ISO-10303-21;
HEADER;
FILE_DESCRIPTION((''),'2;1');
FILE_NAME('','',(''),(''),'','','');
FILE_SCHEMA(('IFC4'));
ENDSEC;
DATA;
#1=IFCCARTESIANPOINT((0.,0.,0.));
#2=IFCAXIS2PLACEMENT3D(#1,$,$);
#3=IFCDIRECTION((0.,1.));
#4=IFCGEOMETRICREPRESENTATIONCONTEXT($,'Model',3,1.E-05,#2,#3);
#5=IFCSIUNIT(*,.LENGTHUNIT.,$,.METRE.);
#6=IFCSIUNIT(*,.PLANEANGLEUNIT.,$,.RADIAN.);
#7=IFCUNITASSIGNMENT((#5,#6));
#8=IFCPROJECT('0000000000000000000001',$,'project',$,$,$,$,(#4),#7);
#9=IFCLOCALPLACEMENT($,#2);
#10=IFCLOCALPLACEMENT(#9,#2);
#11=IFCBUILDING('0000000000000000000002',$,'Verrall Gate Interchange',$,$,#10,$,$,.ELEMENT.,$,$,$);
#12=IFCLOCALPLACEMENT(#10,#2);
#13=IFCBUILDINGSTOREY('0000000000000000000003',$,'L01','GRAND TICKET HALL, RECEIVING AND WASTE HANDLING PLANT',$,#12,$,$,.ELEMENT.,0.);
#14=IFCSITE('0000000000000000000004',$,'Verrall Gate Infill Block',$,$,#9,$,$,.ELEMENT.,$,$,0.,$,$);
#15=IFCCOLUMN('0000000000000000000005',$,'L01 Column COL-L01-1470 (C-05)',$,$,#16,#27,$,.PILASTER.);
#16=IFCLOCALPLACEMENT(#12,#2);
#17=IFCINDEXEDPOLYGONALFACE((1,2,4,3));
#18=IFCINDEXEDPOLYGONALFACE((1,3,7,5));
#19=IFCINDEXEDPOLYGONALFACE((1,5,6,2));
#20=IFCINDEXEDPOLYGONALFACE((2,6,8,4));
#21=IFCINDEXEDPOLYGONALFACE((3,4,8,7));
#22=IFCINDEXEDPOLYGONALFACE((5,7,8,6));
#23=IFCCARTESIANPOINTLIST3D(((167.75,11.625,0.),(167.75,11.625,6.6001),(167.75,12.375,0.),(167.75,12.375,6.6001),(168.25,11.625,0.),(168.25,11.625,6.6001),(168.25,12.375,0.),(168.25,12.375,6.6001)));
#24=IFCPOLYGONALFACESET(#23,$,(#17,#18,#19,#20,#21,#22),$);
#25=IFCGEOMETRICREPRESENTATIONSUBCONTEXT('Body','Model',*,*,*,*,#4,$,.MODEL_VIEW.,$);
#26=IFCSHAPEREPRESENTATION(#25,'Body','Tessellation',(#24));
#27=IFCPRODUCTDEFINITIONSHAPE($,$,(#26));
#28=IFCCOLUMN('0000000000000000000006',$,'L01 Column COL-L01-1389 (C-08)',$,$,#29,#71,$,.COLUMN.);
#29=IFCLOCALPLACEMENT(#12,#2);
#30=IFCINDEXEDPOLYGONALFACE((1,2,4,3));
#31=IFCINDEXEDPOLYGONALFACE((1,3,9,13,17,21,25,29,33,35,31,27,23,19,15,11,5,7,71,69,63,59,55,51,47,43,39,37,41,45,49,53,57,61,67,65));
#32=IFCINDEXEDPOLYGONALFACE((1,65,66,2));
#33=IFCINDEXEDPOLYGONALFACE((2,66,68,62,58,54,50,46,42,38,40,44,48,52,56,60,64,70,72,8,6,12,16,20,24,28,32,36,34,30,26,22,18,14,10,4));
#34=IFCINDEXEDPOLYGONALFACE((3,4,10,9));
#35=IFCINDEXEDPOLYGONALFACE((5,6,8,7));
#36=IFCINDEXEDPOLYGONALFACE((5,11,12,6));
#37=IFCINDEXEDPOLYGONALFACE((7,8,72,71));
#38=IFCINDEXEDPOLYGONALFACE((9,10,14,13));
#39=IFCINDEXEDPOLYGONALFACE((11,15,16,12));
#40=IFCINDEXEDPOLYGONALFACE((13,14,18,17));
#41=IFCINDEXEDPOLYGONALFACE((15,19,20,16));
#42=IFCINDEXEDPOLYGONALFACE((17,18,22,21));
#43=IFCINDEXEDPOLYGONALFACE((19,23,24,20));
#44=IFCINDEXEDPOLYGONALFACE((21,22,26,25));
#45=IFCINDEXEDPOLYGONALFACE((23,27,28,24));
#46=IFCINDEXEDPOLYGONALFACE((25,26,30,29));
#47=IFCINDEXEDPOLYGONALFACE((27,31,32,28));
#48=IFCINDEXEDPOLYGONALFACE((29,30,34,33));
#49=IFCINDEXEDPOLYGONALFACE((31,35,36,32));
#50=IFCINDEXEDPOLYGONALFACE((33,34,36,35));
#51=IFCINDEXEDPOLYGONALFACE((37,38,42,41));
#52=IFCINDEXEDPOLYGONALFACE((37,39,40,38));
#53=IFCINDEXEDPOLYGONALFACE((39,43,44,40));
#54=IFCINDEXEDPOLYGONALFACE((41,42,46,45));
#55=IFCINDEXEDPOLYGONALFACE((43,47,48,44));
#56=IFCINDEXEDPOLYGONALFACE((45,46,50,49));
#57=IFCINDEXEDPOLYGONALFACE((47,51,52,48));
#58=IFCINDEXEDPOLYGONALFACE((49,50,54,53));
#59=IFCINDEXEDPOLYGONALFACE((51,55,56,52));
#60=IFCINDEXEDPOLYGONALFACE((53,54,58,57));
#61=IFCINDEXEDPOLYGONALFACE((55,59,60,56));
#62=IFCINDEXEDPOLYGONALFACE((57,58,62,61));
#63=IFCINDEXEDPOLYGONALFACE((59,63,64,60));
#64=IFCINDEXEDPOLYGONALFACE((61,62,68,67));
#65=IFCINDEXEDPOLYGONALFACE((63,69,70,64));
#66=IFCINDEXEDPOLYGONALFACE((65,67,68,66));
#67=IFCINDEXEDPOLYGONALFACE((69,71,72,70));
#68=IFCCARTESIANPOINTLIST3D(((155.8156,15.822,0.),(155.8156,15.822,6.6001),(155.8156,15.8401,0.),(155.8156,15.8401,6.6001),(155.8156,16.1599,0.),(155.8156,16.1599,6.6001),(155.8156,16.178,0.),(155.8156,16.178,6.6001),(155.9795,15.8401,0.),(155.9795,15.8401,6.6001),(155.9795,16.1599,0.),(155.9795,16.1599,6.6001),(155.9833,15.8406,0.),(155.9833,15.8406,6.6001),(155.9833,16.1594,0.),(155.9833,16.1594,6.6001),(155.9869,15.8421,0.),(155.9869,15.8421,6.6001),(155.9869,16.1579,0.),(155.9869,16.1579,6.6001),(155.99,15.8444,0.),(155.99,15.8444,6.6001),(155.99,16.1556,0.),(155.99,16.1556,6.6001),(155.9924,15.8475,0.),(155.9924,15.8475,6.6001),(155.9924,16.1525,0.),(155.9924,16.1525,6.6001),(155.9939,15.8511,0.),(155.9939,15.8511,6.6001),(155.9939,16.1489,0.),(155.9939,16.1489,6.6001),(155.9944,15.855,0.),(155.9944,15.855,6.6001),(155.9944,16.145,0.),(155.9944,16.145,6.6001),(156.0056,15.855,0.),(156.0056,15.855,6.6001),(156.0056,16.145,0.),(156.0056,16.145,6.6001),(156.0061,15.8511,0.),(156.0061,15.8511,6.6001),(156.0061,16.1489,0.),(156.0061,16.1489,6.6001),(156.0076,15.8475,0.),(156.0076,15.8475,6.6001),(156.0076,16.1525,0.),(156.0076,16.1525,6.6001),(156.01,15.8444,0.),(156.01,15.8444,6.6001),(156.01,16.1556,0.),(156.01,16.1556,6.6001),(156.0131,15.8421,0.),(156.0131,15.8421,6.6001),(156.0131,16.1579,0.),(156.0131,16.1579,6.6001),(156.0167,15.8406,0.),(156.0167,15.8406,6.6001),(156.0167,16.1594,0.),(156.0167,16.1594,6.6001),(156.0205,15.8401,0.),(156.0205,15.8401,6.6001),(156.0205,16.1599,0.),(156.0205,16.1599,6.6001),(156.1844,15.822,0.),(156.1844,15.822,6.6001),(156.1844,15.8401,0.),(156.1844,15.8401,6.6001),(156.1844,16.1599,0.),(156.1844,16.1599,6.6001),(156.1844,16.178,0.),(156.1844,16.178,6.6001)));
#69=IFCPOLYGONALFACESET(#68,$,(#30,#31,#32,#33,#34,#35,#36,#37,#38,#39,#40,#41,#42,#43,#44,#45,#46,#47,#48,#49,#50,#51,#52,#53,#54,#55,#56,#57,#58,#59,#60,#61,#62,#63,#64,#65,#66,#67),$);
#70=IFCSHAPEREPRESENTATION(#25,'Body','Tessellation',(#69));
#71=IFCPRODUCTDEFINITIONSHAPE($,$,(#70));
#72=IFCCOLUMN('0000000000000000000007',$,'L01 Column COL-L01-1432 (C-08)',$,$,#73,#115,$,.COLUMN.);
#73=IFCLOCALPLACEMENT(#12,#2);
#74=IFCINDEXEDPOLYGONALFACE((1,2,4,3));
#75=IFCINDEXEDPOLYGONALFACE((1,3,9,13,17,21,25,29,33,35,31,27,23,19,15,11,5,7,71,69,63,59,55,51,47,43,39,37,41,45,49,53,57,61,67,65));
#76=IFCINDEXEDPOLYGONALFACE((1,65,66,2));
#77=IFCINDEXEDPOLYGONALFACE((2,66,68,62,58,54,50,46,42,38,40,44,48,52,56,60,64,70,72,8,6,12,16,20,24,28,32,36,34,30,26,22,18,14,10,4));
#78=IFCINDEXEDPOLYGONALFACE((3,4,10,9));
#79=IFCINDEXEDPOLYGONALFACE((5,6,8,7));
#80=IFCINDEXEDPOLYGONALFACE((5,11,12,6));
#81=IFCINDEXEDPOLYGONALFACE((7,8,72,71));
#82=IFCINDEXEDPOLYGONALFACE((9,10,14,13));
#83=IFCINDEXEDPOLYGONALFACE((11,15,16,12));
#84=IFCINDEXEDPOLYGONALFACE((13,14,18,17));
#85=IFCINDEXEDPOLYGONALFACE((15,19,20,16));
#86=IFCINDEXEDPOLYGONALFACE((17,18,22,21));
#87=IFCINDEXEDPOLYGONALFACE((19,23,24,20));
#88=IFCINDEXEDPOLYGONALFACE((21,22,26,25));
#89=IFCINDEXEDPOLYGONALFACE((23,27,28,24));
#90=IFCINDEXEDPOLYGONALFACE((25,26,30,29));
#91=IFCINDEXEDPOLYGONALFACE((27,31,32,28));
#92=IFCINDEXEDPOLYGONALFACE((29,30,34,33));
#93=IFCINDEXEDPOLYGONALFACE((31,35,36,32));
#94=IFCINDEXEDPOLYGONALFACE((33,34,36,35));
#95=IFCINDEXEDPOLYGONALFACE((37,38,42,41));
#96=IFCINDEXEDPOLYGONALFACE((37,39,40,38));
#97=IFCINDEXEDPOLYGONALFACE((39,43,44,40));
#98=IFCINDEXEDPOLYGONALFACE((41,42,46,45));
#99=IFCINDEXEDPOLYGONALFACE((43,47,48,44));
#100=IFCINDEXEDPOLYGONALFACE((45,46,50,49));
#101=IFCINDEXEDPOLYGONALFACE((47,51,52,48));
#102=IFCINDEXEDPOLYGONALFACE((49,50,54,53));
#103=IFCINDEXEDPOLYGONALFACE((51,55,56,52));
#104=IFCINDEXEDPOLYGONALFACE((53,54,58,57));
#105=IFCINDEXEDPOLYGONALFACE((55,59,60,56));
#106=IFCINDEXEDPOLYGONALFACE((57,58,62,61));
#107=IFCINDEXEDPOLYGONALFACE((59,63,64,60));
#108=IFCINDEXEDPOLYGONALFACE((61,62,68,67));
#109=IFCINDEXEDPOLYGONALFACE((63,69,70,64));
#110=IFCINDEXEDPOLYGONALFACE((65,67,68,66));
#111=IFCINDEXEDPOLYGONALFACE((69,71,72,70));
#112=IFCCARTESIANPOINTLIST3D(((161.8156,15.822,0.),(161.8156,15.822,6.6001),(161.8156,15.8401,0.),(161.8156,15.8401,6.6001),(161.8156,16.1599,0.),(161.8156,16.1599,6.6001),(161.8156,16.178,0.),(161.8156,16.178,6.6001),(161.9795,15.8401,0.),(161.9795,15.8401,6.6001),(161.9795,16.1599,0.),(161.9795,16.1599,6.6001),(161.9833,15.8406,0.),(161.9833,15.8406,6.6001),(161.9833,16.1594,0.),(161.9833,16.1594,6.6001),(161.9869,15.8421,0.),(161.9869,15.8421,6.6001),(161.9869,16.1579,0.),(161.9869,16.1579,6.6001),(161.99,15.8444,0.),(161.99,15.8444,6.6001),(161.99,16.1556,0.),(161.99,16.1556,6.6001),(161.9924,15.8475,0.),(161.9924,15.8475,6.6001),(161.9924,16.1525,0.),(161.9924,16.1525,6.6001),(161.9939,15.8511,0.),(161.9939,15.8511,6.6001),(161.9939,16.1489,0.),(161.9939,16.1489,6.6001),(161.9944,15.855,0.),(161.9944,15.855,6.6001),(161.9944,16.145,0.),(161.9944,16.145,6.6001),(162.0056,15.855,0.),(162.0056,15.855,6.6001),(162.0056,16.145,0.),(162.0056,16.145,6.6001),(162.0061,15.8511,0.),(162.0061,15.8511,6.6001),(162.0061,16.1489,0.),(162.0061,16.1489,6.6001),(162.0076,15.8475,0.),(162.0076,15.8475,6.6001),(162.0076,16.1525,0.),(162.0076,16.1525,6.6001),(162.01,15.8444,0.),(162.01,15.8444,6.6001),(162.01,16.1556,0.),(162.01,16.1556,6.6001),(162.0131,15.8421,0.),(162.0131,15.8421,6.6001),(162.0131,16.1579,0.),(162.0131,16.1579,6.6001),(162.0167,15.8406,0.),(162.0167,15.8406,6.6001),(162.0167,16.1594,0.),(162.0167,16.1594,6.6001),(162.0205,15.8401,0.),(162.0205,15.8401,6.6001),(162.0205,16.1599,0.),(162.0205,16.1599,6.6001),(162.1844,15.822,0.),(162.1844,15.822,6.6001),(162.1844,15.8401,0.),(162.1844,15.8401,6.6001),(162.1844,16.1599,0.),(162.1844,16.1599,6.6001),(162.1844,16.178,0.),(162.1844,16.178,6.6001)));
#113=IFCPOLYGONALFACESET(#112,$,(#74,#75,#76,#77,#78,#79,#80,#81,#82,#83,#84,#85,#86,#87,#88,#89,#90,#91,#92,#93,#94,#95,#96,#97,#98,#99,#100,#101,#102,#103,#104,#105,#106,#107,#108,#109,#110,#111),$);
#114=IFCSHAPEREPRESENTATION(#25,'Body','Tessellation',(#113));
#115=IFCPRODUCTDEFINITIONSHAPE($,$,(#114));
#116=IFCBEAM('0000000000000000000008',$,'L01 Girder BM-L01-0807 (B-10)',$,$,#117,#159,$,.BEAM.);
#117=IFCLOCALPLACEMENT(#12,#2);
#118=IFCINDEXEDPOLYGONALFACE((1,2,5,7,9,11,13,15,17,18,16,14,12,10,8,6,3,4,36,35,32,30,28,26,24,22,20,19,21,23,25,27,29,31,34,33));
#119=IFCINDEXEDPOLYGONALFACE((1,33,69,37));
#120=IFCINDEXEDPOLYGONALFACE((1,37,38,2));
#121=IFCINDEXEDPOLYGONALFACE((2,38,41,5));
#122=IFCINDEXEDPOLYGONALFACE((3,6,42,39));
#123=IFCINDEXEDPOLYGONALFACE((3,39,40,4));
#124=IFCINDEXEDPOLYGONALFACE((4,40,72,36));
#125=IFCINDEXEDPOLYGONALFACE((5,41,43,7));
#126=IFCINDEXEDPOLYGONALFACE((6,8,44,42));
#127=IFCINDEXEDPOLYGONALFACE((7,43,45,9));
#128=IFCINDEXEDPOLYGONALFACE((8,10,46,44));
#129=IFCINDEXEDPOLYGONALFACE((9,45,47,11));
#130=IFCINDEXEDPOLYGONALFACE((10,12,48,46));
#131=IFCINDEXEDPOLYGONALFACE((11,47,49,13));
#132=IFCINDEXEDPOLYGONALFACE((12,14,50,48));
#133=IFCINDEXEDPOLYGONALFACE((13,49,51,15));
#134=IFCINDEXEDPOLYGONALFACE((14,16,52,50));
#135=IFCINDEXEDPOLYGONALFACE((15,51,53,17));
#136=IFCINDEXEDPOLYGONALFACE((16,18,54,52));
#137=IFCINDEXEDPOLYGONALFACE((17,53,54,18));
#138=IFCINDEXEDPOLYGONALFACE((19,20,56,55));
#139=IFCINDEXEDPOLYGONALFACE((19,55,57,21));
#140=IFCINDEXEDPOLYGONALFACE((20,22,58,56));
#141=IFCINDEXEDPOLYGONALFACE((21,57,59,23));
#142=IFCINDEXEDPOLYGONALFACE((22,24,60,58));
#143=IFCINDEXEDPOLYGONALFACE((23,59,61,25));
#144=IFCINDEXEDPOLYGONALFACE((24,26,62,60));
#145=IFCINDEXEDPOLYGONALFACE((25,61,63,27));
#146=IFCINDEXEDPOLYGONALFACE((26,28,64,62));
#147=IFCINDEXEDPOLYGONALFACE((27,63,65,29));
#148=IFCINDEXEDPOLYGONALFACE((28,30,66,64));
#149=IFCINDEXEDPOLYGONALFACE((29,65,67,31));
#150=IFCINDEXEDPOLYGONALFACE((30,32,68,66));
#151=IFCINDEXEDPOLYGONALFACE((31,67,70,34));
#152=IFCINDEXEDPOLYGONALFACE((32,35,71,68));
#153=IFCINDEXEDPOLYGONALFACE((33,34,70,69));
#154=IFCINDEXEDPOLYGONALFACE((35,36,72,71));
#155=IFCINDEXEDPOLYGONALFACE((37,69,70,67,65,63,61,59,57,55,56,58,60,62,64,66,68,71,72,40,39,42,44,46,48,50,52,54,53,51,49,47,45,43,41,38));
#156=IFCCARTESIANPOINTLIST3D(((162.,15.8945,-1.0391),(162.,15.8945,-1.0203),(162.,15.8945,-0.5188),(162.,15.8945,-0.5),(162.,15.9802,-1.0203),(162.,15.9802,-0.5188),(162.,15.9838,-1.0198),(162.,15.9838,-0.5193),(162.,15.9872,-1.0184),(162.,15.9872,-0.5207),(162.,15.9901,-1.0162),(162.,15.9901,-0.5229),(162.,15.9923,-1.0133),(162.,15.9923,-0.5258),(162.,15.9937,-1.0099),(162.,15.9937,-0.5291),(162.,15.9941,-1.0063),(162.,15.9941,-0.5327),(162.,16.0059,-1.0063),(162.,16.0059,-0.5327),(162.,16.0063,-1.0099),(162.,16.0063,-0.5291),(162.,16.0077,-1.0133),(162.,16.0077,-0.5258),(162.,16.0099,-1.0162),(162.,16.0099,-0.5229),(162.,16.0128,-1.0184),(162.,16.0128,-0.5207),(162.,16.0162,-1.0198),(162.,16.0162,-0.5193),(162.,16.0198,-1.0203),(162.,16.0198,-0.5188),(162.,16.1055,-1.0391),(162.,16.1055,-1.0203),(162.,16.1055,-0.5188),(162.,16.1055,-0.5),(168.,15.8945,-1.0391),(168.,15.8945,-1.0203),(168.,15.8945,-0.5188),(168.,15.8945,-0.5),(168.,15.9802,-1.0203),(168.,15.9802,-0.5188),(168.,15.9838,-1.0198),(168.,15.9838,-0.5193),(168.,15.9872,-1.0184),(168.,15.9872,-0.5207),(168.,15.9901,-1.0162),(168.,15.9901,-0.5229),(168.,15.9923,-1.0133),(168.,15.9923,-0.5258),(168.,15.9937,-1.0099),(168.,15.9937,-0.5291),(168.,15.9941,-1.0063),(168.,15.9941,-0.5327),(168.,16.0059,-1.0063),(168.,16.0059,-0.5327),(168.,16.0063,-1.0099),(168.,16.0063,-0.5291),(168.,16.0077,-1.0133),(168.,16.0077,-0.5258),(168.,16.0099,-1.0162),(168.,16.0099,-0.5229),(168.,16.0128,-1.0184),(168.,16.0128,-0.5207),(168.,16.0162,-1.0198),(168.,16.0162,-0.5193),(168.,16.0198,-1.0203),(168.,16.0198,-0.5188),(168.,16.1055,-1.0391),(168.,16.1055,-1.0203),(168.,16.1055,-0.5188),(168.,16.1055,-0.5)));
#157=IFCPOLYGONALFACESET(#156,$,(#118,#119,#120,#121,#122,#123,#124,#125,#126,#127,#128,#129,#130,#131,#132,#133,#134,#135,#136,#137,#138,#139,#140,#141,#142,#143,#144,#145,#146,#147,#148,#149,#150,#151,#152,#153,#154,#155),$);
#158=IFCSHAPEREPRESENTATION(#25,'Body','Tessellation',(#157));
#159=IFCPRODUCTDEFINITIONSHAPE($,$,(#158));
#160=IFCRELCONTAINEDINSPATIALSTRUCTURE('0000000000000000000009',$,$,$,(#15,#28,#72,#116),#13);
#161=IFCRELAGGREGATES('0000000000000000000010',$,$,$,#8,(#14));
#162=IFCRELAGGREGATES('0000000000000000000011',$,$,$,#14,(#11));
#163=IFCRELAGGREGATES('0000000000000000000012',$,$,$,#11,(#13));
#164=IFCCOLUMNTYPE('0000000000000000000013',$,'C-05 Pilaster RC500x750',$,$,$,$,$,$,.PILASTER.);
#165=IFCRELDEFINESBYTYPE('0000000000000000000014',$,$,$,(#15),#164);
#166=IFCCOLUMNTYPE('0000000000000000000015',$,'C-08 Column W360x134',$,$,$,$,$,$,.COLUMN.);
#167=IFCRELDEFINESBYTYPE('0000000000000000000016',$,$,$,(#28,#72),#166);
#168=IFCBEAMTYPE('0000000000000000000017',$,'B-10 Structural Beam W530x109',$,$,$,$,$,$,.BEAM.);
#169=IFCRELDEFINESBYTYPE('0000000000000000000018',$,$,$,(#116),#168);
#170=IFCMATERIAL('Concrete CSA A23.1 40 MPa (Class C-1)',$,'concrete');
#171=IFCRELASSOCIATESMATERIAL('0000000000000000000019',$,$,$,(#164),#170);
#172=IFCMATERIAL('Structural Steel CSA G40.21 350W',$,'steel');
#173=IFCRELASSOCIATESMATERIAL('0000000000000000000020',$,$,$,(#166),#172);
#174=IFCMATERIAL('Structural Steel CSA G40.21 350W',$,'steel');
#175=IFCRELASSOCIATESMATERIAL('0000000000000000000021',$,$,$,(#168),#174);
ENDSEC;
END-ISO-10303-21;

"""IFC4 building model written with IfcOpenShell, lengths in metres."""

from ifc_helpers import new_model, si_unit, direction, frame, origin, origin_2d, place, context, subcontext, project, spatial, rectangle, i_section, extrude, material, material_profile, profile_set, type_object, element, save


model = new_model("IFC4")

# Units and contexts
model_context = context("Model", 3, precision=1e-05, world=origin(), true_north=direction((0.0, 1.0)))
body_context = subcontext(model_context, "Body", "Model", "MODEL_VIEW")
ifc_project = project(units=[si_unit("LENGTHUNIT", "METRE"), si_unit("PLANEANGLEUNIT", "RADIAN")], contexts=[model_context])

# Site, building, storey
site_placement = place(None, origin())
site = spatial("IfcSite", under=ifc_project, at=site_placement, Name="Verrall Gate Infill Block", CompositionType="ELEMENT", RefElevation=0.0)
building_placement = place(site_placement, origin())
building = spatial("IfcBuilding", under=site, at=building_placement, Name="Verrall Gate Interchange", CompositionType="ELEMENT")
storey_placement = place(building_placement, origin())
storey = spatial("IfcBuildingStorey", under=building, at=storey_placement, Name="L01", Description="GRAND TICKET HALL, RECEIVING AND WASTE HANDLING PLANT", CompositionType="ELEMENT", Elevation=0.0)

# Columns
ifc_material_1 = material(Name="Concrete CSA A23.1 40 MPa (Class C-1)", Category="concrete")
ifc_material_profile_1 = material_profile(ifc_material_1, rectangle(XDim=0.5, YDim=0.75, at=origin_2d()), Name="RC500x750")
ifc_profile_set_1 = profile_set([ifc_material_profile_1], Name="Concrete CSA A23.1 40 MPa (Class C-1)")
column_type_1 = type_object("IfcColumnType", Name="C-05 Pilaster RC500x750", PredefinedType="PILASTER", material=ifc_profile_set_1)
column_placement = place(storey_placement, frame((168.0, 12.0, 0.0), z_axis=(0.0, 0.0, 1.0), x_axis=(1.0, 0.0, 0.0)))
element("IfcColumn", 1, at=column_placement, inside=storey, type_object=column_type_1, Name="L01 Column COL-L01-1470 (C-05)", PredefinedType="PILASTER", context=body_context, shape_type="SweptSolid", body=[
    extrude(rectangle(XDim=0.5, YDim=0.75, at=origin_2d()), origin(), (0.0, 0.0, 1.0), 6.6001),
])
ifc_material_2 = material(Name="Structural Steel CSA G40.21 350W", Category="steel")
ifc_material_profile_2 = material_profile(ifc_material_2, i_section(OverallWidth=0.3689, OverallDepth=0.356, WebThickness=0.0112, FlangeThickness=0.0181, FilletRadius=0.0149, at=origin_2d()), Name="W360x134")
ifc_profile_set_2 = profile_set([ifc_material_profile_2], Name="Structural Steel CSA G40.21 350W")
column_type_2 = type_object("IfcColumnType", Name="C-08 Column W360x134", PredefinedType="COLUMN", material=ifc_profile_set_2)
for number, where, z_axis, x_axis, name in (
    (2, (156.0, 16.0, 0.0), (0.0, 0.0, 1.0), (1.0, 0.0, 0.0), "L01 Column COL-L01-1389 (C-08)"),
    (3, (162.0, 16.0, 0.0), (0.0, 0.0, 1.0), (1.0, 0.0, 0.0), "L01 Column COL-L01-1432 (C-08)"),
):
    element("IfcColumn", number, at=place(storey_placement, frame(where, z_axis=z_axis, x_axis=x_axis)), inside=storey, type_object=column_type_2, Name=name, PredefinedType="COLUMN", context=body_context, shape_type="SweptSolid", body=[
        extrude(i_section(OverallWidth=0.3689, OverallDepth=0.356, WebThickness=0.0112, FlangeThickness=0.0181, FilletRadius=0.0149, at=origin_2d()), origin(), (0.0, 0.0, 1.0), 6.6001),
    ])

# Beam
ifc_material_3 = material(Name="Structural Steel CSA G40.21 350W", Category="steel")
ifc_material_profile_3 = material_profile(ifc_material_3, i_section(OverallWidth=0.2109, OverallDepth=0.5391, WebThickness=0.0117, FlangeThickness=0.0188, FilletRadius=0.0139, at=origin_2d()), Name="W530x109")
ifc_profile_set_3 = profile_set([ifc_material_profile_3], Name="Structural Steel CSA G40.21 350W")
beam_type_1 = type_object("IfcBeamType", Name="B-10 Structural Beam W530x109", PredefinedType="BEAM", material=ifc_profile_set_3)
for number, where, z_axis, x_axis, name in (
    (4, (162.0, 16.0, -0.7695), (1.0, 0.0, 0.0), (0.0, 1.0, 0.0), "L01 Girder BM-L01-0807 (B-10)"),
):
    element("IfcBeam", number, at=place(storey_placement, frame(where, z_axis=z_axis, x_axis=x_axis)), inside=storey, type_object=beam_type_1, Name=name, PredefinedType="BEAM", context=body_context, shape_type="SweptSolid", body=[
        extrude(i_section(OverallWidth=0.2109, OverallDepth=0.5391, WebThickness=0.0117, FlangeThickness=0.0188, FilletRadius=0.0139, at=origin_2d()), origin(), (0.0, 0.0, 1.0), 6.0),
    ])

save(model, "model.ifc")
